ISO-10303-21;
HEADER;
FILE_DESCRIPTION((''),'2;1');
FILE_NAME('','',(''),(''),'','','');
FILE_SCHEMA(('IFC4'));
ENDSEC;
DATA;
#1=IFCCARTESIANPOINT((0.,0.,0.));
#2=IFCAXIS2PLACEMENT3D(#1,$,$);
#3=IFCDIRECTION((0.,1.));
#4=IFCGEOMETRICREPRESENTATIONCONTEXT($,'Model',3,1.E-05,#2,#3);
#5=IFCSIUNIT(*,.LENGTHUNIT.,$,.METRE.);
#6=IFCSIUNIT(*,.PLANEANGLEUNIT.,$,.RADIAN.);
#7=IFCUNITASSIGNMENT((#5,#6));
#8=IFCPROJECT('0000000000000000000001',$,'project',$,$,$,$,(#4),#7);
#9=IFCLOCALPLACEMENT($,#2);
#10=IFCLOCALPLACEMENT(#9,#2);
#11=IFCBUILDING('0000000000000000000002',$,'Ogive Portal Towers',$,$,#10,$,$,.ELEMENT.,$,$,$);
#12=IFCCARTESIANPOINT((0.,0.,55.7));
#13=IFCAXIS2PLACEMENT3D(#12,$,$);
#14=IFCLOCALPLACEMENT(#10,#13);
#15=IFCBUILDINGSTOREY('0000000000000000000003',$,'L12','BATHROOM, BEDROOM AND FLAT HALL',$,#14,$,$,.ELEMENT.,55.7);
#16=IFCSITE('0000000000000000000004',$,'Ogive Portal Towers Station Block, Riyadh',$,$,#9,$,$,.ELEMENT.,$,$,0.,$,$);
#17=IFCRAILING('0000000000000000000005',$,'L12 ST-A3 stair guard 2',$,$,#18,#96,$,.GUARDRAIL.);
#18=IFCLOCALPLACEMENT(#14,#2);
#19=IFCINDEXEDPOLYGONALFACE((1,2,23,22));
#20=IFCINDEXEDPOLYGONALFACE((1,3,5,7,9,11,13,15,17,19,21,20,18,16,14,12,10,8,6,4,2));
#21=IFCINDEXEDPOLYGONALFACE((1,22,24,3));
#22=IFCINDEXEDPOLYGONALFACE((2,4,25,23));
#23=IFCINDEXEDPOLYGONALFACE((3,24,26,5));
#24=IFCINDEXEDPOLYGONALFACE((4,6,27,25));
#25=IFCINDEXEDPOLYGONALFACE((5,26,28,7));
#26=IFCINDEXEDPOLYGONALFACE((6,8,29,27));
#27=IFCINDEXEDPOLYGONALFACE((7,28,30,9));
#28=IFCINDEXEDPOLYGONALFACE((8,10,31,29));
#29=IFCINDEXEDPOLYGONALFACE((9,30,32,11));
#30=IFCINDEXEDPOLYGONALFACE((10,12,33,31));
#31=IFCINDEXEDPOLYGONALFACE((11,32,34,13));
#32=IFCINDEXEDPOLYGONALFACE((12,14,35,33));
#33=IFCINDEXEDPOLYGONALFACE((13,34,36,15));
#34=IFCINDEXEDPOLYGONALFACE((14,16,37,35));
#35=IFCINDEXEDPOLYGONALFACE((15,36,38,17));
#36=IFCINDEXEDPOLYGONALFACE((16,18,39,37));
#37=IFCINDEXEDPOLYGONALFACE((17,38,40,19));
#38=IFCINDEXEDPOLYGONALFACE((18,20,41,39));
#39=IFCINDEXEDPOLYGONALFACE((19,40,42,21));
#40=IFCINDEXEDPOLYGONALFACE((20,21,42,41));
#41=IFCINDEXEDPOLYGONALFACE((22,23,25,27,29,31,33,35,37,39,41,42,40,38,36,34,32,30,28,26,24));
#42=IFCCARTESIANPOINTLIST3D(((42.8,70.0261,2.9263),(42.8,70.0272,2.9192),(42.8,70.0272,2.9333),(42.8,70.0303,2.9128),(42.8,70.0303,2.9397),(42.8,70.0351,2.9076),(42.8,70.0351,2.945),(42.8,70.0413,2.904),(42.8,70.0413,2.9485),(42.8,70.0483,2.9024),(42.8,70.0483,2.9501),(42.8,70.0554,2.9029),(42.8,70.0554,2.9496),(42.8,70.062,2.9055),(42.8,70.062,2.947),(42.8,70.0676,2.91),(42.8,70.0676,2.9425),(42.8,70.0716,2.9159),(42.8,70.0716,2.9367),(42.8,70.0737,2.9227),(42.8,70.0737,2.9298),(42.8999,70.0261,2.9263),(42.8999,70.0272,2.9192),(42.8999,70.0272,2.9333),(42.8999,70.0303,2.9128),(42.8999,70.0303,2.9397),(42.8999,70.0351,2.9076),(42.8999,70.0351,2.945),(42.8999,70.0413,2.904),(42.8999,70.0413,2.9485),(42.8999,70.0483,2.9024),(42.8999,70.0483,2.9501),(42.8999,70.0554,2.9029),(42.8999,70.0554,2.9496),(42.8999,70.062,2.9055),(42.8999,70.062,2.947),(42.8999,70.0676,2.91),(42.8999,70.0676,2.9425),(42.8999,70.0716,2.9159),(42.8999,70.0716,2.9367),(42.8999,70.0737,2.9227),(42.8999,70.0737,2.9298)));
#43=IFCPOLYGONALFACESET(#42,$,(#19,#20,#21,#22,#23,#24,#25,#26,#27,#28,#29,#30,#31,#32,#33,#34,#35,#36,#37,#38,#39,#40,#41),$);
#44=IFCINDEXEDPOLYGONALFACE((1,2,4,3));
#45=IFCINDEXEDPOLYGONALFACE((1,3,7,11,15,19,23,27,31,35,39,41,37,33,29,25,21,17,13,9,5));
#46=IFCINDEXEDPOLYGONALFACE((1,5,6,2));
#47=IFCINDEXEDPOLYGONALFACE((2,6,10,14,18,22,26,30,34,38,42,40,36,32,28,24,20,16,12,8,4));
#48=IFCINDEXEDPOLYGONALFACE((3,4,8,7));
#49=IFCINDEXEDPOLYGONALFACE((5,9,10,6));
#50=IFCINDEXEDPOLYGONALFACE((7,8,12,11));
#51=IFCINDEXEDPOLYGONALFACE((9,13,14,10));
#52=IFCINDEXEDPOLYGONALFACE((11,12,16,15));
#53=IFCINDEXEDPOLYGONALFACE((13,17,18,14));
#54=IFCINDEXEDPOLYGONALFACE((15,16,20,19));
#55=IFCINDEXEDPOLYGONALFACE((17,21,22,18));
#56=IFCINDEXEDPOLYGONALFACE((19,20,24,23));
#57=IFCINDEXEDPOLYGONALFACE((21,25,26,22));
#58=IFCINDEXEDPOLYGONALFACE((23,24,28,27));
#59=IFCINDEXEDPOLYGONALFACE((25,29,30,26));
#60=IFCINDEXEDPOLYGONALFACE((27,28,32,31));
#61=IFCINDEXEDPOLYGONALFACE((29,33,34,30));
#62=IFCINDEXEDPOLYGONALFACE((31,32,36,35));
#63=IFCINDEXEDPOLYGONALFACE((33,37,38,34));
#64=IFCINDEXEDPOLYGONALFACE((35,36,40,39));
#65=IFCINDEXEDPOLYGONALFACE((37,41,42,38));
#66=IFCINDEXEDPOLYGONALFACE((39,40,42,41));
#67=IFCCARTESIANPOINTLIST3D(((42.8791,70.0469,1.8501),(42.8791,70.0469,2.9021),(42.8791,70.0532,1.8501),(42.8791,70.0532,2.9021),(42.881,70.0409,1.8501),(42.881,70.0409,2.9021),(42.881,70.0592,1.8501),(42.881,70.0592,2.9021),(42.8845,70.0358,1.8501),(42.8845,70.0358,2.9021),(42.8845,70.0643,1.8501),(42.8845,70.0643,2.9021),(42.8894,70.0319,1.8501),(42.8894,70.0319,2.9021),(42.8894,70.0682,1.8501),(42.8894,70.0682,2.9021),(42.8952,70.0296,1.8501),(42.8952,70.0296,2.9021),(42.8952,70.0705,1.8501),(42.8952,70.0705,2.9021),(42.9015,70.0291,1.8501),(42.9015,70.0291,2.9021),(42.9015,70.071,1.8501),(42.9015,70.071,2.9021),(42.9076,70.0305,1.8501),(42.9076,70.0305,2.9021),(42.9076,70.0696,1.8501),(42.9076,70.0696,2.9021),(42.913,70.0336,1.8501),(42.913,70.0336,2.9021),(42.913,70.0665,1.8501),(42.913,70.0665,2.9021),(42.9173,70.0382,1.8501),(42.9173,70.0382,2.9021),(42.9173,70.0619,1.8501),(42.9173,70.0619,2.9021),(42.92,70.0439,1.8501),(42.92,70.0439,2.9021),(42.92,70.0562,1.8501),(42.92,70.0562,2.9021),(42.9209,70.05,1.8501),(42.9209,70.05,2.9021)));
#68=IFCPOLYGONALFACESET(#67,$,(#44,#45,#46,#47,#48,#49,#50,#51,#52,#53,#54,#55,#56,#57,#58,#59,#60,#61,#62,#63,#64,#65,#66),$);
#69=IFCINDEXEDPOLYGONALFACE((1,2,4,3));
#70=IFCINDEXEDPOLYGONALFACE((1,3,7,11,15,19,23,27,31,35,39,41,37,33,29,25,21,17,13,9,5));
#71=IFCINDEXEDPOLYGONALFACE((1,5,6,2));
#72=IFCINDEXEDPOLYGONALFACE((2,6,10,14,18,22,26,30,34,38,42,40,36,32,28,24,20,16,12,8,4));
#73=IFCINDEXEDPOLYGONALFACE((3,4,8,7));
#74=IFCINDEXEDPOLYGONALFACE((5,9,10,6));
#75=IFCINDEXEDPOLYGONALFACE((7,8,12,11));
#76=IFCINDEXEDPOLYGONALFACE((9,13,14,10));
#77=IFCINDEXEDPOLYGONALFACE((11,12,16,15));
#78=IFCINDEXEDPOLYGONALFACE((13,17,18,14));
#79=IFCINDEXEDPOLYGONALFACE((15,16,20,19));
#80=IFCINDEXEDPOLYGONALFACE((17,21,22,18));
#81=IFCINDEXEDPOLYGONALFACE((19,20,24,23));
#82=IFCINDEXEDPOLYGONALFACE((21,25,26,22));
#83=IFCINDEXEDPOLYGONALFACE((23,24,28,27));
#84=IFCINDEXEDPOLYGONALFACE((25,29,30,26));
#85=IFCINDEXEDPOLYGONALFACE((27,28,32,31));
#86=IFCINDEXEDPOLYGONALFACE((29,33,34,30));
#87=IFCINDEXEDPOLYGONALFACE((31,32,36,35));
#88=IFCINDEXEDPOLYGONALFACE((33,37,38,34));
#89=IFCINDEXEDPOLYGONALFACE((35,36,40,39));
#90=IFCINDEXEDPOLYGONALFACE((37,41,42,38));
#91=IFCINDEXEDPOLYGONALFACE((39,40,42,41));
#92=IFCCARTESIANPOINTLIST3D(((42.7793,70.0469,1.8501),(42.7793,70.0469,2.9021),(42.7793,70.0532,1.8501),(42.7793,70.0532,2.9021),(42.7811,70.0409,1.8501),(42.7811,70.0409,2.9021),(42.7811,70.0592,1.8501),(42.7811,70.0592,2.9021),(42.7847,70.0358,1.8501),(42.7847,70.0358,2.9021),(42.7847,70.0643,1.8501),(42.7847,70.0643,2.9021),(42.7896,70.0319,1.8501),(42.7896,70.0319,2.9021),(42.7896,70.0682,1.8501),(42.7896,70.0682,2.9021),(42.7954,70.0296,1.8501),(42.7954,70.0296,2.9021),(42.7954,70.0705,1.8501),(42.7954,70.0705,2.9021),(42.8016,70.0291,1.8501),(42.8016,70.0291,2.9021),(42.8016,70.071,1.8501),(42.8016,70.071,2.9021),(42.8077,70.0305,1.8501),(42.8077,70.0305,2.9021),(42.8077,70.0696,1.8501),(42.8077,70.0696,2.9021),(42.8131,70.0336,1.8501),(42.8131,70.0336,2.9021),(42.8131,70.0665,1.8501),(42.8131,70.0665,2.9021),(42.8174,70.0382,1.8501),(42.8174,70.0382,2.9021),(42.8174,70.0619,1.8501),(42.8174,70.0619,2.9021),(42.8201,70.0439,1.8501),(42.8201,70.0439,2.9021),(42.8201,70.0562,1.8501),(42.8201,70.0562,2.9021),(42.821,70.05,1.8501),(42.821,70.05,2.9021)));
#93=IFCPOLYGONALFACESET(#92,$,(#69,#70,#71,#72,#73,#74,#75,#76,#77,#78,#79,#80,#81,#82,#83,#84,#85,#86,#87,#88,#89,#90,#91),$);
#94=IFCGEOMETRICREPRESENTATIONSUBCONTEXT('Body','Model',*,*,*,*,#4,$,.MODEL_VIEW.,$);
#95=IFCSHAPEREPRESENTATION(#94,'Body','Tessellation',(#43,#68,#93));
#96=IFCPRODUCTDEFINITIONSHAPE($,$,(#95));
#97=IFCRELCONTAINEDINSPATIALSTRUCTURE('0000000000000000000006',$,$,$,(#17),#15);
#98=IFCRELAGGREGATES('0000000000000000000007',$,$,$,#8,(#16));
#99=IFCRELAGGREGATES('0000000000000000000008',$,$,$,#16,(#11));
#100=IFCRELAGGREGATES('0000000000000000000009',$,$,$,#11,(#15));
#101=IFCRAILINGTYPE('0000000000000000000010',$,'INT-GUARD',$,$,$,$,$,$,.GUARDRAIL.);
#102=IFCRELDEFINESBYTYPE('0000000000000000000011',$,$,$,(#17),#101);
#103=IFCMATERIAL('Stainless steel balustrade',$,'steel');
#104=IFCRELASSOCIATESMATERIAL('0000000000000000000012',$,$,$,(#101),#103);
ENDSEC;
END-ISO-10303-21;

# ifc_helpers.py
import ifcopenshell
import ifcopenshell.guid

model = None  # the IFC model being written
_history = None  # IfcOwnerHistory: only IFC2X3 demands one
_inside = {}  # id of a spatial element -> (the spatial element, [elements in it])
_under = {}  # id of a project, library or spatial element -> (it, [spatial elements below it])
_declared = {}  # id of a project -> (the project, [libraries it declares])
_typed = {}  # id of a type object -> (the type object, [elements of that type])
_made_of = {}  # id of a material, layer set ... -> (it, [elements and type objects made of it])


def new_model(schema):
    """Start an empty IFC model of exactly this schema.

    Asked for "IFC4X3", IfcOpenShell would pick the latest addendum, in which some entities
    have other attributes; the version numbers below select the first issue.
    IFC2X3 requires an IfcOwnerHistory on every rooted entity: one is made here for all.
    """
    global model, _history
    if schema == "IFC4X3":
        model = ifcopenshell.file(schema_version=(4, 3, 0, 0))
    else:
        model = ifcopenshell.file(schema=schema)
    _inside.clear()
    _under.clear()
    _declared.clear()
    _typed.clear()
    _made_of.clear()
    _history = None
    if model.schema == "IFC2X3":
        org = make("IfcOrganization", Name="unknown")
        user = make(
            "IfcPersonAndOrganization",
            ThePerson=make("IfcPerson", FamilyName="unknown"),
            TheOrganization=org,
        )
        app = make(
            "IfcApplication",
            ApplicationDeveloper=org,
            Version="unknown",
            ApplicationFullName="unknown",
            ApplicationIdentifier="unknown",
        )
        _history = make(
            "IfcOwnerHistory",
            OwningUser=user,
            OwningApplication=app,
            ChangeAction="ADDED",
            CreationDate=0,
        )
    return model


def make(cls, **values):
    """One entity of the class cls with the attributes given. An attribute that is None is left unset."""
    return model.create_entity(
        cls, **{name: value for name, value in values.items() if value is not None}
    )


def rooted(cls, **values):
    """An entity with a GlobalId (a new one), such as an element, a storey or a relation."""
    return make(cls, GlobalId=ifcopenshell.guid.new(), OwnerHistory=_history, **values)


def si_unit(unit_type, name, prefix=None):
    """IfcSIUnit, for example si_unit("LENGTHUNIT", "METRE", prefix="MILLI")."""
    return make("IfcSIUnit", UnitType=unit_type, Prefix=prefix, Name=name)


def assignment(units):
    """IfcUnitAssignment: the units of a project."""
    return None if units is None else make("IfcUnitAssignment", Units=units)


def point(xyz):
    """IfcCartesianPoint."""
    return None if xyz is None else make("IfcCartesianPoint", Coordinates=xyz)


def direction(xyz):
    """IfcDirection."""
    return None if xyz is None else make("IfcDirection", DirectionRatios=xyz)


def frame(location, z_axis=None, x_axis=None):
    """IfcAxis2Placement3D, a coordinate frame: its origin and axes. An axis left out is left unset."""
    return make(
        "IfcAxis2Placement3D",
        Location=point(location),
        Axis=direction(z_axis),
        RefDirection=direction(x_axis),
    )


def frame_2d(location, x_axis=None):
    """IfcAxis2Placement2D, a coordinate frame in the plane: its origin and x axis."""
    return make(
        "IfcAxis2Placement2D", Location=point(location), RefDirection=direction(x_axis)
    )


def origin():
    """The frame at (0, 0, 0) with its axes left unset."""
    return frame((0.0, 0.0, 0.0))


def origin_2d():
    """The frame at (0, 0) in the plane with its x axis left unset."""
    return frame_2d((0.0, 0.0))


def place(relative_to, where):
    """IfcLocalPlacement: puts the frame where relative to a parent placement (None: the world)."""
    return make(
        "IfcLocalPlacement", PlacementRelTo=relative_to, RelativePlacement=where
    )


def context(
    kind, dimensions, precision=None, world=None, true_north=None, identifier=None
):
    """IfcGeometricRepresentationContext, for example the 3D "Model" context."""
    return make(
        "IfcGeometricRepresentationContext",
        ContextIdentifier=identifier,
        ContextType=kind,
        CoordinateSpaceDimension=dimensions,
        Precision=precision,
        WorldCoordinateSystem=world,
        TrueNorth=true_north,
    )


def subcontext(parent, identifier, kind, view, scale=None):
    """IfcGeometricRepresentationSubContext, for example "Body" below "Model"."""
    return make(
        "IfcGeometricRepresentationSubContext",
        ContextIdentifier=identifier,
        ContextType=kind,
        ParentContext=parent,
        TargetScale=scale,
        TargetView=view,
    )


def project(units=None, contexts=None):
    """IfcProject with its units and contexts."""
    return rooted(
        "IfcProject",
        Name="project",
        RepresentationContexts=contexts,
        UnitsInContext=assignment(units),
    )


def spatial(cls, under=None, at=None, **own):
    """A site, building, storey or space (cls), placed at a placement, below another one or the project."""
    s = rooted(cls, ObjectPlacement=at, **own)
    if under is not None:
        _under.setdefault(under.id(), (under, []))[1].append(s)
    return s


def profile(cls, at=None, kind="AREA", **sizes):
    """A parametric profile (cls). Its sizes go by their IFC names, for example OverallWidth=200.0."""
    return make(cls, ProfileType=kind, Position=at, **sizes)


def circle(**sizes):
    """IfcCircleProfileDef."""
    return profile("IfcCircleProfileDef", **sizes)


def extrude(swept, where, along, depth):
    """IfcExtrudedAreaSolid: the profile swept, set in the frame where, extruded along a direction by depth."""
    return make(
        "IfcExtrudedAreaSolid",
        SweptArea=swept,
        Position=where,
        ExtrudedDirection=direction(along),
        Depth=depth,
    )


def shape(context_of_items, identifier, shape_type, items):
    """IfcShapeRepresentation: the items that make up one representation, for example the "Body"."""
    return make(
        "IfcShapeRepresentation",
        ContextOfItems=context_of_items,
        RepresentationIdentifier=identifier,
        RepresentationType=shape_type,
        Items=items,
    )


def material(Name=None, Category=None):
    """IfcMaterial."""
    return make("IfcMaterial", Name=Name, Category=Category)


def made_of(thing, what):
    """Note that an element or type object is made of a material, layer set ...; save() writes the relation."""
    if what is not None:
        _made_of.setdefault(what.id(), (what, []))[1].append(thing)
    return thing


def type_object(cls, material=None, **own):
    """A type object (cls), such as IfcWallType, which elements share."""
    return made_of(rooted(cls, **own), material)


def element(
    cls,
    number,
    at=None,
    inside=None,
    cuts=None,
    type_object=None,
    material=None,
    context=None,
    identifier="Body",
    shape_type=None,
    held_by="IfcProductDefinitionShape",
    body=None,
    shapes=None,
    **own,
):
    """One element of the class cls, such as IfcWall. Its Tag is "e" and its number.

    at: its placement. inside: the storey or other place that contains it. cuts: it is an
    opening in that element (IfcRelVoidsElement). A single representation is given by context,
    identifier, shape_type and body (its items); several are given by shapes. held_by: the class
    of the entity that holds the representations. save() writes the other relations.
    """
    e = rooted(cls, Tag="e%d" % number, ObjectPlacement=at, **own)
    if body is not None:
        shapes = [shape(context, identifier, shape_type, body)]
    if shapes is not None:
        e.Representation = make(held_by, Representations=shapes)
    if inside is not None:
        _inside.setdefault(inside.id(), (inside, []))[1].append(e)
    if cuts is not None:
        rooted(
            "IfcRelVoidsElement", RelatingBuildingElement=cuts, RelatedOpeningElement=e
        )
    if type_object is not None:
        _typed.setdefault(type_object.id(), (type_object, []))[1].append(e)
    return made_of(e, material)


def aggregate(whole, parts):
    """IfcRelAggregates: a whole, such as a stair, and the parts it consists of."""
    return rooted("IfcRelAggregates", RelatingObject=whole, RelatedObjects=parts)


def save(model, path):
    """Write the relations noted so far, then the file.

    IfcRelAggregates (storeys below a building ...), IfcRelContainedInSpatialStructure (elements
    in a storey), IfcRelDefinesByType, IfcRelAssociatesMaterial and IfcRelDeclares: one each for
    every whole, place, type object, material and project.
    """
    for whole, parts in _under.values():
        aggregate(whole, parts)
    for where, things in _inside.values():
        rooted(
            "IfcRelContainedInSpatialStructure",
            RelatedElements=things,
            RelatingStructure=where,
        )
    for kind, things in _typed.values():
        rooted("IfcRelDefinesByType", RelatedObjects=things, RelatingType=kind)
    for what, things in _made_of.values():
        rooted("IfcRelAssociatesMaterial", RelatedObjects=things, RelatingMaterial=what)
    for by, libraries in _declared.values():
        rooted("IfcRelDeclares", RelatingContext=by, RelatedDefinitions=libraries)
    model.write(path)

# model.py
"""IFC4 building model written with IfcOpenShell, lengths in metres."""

from ifc_helpers import new_model, si_unit, direction, frame, origin, origin_2d, place, context, subcontext, project, spatial, circle, extrude, material, type_object, element, save


model = new_model("IFC4")

# Units and contexts
model_context = context("Model", 3, precision=1e-05, world=origin(), true_north=direction((0.0, 1.0)))
body_context = subcontext(model_context, "Body", "Model", "MODEL_VIEW")
ifc_project = project(units=[si_unit("LENGTHUNIT", "METRE"), si_unit("PLANEANGLEUNIT", "RADIAN")], contexts=[model_context])

# Site, building, storey
site_placement = place(None, origin())
site = spatial("IfcSite", under=ifc_project, at=site_placement, Name="Ogive Portal Towers Station Block, Riyadh", CompositionType="ELEMENT", RefElevation=0.0)
building_placement = place(site_placement, origin())
building = spatial("IfcBuilding", under=site, at=building_placement, Name="Ogive Portal Towers", CompositionType="ELEMENT")
storey_placement = place(building_placement, frame((0.0, 0.0, 55.7)))
storey = spatial("IfcBuildingStorey", under=building, at=storey_placement, Name="L12", Description="BATHROOM, BEDROOM AND FLAT HALL", CompositionType="ELEMENT", Elevation=55.7)

# Railing
ifc_material_1 = material(Name="Stainless steel balustrade", Category="steel")
railing_type_1 = type_object("IfcRailingType", Name="INT-GUARD", PredefinedType="GUARDRAIL", material=ifc_material_1)
railing_1_placement = place(storey_placement, frame((42.8999, 70.05, 1.8501)))
element("IfcRailing", 1, at=railing_1_placement, inside=storey, type_object=railing_type_1, Name="L12 ST-A3 stair guard 2", PredefinedType="GUARDRAIL", context=body_context, shape_type="SweptSolid", body=[
    extrude(circle(Radius=0.0239, at=origin_2d()), frame((0.0, 0.0, 1.0762), z_axis=(-1.0, 0.0, 0.0), x_axis=(0.0, -1.0, 0.0)), (0.0, 0.0, 1.0), 0.0999),
    extrude(circle(Radius=0.021, at=origin_2d()), origin(), (0.0, 0.0, 1.0), 1.052),
    extrude(circle(Radius=0.021, at=origin_2d()), frame((-0.0999, 0.0, 0.0)), (0.0, 0.0, 1.0), 1.052),
])

save(model, "model.ifc")
